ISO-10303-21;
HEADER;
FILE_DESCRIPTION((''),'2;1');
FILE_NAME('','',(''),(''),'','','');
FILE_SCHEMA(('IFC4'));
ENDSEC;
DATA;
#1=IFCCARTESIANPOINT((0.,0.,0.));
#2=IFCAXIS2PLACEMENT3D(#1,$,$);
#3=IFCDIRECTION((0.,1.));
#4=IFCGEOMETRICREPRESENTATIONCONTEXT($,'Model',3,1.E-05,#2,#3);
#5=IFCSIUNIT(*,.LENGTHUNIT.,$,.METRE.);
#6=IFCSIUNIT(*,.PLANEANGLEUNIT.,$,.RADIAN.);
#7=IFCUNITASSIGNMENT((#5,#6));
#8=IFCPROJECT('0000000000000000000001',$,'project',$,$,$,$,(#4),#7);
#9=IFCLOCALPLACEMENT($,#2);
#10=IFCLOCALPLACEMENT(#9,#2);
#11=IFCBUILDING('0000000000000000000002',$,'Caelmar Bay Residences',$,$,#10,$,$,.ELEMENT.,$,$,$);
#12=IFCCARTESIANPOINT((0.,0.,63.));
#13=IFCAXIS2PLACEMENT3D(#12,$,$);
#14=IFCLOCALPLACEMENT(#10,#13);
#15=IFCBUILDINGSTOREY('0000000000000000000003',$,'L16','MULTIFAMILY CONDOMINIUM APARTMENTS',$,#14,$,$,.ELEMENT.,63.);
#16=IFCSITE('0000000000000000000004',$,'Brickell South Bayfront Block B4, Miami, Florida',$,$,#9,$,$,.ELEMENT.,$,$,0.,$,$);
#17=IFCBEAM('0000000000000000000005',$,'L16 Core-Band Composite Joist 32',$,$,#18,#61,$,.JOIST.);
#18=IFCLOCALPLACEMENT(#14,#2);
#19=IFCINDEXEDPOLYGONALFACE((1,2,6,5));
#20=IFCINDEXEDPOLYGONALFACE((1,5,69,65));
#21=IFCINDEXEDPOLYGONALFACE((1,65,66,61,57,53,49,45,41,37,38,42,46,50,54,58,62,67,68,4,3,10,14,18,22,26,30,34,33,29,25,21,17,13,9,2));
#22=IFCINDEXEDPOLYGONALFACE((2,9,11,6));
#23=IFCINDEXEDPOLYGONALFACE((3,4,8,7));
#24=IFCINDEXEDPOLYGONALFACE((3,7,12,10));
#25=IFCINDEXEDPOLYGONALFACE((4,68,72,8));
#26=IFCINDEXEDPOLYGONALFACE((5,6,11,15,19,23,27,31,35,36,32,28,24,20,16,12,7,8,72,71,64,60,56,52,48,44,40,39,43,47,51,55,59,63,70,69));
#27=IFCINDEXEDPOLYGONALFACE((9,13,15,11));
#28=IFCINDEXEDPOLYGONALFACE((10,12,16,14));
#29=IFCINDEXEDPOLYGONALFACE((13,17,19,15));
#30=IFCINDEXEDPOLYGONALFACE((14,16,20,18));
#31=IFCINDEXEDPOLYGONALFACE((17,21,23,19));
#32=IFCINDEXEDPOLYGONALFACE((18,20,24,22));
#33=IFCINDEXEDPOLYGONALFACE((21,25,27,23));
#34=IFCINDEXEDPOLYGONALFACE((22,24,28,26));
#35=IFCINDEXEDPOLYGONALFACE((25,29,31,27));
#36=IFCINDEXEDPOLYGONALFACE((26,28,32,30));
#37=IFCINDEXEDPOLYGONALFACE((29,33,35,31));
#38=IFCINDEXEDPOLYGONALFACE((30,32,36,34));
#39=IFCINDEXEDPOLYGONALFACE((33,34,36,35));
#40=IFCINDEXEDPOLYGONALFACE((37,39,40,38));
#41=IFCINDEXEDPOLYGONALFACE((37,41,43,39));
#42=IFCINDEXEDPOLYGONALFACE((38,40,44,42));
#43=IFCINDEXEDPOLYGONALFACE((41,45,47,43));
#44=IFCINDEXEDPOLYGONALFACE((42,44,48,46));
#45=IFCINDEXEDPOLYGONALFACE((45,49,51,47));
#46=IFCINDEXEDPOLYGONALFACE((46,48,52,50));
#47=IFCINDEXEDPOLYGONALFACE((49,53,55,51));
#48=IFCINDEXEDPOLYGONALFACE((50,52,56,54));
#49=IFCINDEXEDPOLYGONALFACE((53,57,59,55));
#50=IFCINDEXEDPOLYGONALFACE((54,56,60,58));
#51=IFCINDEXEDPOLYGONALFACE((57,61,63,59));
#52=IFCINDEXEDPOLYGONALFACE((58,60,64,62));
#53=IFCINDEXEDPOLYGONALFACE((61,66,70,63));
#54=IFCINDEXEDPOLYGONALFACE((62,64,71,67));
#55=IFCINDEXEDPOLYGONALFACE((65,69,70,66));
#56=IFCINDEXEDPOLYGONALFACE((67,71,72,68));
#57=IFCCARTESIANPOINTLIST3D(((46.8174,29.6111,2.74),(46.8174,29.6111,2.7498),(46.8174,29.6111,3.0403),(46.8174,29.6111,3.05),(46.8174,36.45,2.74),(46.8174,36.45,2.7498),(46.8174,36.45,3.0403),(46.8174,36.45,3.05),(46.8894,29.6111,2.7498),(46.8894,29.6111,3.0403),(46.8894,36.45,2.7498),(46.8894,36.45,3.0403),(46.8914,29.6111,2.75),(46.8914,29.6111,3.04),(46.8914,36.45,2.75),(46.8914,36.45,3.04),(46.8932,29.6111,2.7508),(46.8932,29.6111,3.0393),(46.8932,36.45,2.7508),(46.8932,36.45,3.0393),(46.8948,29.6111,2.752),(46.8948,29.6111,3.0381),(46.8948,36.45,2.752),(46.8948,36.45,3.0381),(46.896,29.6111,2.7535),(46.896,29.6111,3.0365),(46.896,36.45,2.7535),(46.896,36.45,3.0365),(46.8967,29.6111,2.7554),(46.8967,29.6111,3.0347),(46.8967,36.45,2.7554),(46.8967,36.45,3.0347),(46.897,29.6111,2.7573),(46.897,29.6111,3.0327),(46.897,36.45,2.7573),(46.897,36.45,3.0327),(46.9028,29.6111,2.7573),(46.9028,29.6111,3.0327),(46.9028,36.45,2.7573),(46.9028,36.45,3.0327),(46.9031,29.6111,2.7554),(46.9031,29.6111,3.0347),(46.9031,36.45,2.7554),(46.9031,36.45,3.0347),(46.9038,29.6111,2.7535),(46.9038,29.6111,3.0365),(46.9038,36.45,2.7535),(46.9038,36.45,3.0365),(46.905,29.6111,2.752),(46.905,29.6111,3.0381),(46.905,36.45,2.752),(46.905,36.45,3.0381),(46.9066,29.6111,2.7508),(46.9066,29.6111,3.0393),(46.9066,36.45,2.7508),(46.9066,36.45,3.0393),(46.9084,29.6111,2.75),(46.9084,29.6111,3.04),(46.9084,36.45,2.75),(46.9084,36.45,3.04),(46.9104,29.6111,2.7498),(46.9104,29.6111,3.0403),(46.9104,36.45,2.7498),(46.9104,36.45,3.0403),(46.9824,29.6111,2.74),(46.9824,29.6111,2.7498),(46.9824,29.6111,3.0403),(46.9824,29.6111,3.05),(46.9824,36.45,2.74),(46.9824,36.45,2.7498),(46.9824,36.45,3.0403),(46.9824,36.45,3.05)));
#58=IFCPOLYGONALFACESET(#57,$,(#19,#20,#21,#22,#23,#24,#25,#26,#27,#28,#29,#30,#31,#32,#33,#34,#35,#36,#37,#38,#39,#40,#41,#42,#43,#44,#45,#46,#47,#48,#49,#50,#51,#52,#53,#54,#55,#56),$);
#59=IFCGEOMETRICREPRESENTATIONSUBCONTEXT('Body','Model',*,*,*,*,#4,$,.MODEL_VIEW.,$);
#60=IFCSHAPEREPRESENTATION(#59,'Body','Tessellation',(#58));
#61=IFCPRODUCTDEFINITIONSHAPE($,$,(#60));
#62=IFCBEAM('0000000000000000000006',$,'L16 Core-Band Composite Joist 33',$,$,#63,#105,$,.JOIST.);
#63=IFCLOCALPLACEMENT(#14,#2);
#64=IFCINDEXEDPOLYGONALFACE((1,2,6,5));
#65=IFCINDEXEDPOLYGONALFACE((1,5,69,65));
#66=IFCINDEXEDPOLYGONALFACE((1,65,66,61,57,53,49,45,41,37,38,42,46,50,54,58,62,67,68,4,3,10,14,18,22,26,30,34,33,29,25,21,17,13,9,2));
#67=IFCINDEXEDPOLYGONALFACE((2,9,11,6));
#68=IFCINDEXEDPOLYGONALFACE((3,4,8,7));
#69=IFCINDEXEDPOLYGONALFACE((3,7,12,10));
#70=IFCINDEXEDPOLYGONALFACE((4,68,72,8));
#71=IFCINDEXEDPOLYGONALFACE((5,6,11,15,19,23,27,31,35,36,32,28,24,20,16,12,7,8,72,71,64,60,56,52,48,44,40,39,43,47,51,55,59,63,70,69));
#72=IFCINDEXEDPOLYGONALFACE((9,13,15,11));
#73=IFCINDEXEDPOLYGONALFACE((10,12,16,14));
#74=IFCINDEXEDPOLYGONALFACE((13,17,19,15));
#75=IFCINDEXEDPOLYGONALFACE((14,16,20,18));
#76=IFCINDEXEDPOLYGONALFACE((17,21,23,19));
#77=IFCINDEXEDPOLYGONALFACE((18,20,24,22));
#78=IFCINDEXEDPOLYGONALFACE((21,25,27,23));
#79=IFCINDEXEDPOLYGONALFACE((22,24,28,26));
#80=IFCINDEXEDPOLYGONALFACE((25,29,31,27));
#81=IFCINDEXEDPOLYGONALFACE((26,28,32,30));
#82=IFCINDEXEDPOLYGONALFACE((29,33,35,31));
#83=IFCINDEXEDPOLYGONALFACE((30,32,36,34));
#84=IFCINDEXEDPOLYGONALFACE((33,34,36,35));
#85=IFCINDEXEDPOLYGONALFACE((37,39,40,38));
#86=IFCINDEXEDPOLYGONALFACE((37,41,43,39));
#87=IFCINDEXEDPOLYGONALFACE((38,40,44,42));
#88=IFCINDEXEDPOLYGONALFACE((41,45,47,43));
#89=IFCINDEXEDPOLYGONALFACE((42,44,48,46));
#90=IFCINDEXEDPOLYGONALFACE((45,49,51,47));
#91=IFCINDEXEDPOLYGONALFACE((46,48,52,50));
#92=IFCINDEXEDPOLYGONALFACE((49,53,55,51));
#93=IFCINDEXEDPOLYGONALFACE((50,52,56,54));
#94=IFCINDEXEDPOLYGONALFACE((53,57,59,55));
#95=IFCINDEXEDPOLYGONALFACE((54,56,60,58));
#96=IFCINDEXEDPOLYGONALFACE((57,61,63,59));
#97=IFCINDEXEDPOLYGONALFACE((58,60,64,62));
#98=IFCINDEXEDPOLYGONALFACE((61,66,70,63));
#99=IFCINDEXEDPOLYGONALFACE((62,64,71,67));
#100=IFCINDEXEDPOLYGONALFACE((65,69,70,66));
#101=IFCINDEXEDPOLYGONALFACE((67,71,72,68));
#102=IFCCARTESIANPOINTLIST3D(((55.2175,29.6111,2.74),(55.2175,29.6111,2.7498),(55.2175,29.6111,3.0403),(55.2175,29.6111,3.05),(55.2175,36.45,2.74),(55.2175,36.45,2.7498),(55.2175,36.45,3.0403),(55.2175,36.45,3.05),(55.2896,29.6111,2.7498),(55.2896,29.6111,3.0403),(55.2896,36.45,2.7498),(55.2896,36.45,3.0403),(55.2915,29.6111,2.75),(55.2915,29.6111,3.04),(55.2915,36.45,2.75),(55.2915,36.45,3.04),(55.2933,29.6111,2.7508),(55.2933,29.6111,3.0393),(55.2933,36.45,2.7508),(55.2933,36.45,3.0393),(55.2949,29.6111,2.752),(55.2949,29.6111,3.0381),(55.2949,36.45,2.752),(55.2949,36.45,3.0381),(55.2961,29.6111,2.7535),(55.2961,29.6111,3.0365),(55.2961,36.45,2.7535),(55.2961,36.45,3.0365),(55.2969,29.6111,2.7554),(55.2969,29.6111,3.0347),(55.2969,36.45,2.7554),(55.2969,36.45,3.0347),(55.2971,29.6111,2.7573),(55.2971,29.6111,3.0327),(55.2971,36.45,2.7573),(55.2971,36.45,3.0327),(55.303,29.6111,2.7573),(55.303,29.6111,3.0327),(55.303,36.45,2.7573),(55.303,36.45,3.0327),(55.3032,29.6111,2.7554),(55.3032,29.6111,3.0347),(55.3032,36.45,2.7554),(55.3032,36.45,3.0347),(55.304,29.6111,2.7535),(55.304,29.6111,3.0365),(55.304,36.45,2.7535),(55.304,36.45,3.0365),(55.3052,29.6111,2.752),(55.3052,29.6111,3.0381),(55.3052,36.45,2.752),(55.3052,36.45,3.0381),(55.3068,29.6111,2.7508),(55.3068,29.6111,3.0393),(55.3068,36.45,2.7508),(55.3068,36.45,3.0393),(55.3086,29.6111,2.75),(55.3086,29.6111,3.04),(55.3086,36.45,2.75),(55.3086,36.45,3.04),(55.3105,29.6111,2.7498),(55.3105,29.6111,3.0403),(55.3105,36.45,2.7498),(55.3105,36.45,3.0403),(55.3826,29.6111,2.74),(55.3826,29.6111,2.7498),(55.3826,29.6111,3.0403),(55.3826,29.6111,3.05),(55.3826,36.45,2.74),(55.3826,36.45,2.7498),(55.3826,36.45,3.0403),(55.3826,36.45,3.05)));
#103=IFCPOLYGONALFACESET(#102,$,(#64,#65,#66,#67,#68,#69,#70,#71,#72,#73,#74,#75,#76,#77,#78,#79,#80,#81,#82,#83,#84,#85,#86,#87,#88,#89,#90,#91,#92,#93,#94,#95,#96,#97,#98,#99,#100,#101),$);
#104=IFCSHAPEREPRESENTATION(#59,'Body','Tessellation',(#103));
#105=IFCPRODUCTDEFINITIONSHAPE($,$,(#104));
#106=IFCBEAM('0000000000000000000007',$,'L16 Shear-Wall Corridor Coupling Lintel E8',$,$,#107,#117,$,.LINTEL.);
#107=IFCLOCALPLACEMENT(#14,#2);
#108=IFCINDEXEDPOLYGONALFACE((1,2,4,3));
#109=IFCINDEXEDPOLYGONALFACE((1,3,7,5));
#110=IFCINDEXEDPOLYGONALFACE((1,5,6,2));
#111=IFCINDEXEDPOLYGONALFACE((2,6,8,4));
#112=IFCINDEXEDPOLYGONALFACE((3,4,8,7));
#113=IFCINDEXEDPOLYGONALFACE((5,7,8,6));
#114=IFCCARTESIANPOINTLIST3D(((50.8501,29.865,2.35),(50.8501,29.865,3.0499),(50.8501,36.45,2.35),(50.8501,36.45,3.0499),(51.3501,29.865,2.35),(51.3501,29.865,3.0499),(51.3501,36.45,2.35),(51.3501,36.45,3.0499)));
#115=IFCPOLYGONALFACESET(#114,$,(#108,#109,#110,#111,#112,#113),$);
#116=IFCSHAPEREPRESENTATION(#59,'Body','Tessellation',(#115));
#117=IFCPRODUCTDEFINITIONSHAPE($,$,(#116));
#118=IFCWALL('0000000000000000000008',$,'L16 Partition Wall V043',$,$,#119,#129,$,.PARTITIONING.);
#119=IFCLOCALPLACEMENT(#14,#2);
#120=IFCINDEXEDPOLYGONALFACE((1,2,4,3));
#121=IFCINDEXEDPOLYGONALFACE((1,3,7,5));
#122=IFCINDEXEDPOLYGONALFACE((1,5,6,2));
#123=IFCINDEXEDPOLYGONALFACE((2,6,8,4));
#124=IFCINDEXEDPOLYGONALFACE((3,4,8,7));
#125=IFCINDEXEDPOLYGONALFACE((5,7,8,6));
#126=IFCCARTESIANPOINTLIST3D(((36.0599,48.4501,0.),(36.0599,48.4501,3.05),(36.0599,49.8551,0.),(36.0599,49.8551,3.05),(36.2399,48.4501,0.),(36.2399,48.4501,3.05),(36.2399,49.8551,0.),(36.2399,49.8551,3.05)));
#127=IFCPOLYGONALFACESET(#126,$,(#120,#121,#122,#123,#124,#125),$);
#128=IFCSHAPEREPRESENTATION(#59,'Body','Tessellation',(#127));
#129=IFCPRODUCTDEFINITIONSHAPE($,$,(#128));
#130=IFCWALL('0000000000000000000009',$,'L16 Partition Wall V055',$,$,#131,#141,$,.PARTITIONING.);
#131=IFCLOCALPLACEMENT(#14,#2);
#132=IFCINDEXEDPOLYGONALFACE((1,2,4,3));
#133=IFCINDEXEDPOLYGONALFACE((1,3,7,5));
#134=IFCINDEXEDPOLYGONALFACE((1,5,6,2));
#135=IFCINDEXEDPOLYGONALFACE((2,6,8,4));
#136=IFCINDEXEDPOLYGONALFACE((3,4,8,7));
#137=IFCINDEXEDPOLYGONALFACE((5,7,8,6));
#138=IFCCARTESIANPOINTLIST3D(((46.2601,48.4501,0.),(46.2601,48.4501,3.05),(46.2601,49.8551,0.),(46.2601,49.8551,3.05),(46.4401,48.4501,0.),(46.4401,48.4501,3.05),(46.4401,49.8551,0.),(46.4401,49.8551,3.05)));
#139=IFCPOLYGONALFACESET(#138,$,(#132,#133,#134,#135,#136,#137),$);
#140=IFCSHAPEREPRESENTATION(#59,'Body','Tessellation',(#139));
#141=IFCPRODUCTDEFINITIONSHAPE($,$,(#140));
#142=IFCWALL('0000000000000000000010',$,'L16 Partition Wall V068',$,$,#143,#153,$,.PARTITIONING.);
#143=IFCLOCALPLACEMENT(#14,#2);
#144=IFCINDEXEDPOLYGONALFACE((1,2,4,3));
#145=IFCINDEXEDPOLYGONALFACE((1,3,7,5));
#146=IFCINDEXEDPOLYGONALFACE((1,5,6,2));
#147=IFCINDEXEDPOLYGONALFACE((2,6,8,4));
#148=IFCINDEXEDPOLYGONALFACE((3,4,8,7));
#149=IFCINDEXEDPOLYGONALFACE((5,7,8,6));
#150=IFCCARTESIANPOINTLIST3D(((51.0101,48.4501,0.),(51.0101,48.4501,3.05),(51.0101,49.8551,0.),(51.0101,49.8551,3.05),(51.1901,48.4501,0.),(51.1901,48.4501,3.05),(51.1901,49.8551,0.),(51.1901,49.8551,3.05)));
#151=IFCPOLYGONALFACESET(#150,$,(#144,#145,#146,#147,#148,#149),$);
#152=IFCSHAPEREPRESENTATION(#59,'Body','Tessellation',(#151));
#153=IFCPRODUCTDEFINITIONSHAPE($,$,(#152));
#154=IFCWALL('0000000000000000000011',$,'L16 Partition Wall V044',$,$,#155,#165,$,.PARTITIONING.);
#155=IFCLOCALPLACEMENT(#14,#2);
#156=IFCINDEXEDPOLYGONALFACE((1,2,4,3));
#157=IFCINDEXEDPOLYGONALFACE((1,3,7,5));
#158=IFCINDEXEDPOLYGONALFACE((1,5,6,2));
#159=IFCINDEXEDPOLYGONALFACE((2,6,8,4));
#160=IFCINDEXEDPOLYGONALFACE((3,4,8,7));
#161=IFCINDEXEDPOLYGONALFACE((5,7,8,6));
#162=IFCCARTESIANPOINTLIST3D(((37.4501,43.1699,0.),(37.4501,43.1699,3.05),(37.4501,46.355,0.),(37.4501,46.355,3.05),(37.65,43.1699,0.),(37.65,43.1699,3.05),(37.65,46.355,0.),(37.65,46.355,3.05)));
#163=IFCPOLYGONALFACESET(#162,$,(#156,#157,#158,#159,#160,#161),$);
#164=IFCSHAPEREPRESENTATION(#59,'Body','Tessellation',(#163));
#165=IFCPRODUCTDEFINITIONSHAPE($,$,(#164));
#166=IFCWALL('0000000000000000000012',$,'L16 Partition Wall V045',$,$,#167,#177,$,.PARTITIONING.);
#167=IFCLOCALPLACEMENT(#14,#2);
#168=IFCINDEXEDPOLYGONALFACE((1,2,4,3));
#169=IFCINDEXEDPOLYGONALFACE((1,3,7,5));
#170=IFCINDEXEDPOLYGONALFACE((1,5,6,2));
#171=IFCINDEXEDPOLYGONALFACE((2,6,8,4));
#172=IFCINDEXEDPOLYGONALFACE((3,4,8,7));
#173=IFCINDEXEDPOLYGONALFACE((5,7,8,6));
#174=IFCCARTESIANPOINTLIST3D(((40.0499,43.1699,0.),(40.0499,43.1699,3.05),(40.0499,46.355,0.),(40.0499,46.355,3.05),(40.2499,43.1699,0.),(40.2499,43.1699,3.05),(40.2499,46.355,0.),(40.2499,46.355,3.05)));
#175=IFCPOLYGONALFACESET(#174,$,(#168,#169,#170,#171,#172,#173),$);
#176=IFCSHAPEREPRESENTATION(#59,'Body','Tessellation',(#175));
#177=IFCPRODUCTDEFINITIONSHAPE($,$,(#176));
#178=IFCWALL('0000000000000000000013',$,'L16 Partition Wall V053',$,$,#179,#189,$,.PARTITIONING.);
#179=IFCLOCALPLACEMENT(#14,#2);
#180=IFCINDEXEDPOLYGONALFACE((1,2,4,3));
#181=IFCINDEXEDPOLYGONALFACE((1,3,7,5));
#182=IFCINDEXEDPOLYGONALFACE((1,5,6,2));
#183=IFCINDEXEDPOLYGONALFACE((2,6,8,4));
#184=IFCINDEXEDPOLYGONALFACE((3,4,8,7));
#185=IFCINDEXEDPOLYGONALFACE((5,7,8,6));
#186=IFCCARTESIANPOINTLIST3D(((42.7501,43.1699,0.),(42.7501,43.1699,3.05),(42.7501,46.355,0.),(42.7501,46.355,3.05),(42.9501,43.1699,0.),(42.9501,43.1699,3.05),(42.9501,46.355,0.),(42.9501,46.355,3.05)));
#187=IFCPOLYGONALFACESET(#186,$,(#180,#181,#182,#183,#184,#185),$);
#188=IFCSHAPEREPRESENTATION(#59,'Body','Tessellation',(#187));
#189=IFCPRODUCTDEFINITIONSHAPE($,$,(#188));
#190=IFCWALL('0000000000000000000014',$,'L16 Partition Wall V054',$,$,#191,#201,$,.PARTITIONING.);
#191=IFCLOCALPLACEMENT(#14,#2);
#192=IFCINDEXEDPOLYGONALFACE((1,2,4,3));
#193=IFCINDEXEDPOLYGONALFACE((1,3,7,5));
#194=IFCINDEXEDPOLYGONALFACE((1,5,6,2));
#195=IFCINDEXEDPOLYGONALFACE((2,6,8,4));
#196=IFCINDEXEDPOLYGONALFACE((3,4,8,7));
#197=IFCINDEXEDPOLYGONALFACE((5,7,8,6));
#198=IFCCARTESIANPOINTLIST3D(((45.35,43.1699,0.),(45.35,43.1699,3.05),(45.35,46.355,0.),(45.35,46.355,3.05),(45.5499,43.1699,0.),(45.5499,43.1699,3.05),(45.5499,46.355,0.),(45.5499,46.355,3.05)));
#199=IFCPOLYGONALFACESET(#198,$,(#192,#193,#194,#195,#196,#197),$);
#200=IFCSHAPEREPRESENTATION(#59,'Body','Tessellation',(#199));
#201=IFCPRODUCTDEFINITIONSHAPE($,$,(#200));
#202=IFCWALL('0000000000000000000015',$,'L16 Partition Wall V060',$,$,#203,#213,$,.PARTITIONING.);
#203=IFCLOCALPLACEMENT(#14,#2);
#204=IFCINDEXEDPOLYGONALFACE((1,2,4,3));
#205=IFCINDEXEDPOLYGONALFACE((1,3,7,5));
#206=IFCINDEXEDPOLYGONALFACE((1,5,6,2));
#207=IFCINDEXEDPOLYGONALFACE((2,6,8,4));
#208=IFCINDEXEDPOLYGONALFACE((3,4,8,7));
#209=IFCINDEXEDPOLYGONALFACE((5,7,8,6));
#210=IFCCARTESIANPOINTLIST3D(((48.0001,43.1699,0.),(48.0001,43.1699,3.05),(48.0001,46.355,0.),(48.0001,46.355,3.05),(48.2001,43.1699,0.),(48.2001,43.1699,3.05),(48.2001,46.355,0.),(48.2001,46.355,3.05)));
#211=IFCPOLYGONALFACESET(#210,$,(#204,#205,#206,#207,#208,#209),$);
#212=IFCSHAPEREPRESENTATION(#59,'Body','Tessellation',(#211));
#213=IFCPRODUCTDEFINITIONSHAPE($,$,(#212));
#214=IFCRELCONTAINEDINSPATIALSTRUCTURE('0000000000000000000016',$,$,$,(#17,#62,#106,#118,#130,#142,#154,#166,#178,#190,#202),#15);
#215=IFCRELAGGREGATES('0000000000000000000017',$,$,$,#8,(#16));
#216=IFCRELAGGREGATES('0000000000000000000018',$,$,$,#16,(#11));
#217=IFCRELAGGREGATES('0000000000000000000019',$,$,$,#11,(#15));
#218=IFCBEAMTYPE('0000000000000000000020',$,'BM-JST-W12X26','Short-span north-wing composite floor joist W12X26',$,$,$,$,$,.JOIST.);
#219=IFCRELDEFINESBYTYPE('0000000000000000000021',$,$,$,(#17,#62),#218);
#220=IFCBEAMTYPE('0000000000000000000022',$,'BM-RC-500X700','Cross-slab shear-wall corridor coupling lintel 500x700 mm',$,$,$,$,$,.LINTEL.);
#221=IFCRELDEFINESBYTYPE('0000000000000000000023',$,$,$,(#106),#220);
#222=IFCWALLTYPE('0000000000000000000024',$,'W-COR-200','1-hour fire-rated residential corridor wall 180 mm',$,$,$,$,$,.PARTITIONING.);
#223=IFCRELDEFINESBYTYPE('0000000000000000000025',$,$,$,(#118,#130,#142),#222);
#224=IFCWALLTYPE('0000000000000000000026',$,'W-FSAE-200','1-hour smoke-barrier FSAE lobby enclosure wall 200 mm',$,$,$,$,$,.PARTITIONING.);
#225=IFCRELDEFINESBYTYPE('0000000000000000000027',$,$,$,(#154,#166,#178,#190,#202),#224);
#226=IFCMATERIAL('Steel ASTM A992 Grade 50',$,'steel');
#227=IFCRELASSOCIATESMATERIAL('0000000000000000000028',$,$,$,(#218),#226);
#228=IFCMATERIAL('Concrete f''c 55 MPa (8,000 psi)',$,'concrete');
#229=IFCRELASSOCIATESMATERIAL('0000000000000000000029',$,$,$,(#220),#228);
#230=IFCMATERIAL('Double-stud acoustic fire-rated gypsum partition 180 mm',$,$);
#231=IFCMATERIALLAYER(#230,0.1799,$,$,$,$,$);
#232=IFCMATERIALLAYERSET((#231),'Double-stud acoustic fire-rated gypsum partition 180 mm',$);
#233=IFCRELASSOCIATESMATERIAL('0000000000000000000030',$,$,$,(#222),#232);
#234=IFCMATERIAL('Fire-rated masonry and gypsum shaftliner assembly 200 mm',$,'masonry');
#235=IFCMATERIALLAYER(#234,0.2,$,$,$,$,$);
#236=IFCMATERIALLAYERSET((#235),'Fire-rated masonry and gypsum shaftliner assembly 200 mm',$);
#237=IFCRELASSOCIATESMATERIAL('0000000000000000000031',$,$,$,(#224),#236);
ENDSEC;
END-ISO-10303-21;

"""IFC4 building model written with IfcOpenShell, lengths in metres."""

from ifc_helpers import new_model, si_unit, direction, frame, frame_2d, origin, origin_2d, place, context, subcontext, project, spatial, rectangle, i_section, extrude, material, layer, layer_set, material_profile, profile_set, type_object, element, save


model = new_model("IFC4")

# Units and contexts
model_context = context("Model", 3, precision=1e-05, world=origin(), true_north=direction((0.0, 1.0)))
body_context = subcontext(model_context, "Body", "Model", "MODEL_VIEW")
ifc_project = project(units=[si_unit("LENGTHUNIT", "METRE"), si_unit("PLANEANGLEUNIT", "RADIAN")], contexts=[model_context])

# Site, building, storey
site_placement = place(None, origin())
site = spatial("IfcSite", under=ifc_project, at=site_placement, Name="Brickell South Bayfront Block B4, Miami, Florida", CompositionType="ELEMENT", RefElevation=0.0)
building_placement = place(site_placement, origin())
building = spatial("IfcBuilding", under=site, at=building_placement, Name="Caelmar Bay Residences", CompositionType="ELEMENT")
storey_placement = place(building_placement, frame((0.0, 0.0, 63.0)))
storey = spatial("IfcBuildingStorey", under=building, at=storey_placement, Name="L16", Description="MULTIFAMILY CONDOMINIUM APARTMENTS", CompositionType="ELEMENT", Elevation=63.0)

# Beams
ifc_material_1 = material(Name="Steel ASTM A992 Grade 50", Category="steel")
ifc_material_profile_1 = material_profile(ifc_material_1, i_section(OverallWidth=0.165, OverallDepth=0.3101, WebThickness=0.0059, FlangeThickness=0.0098, FilletRadius=0.0076, at=origin_2d()), Name="W12X26")
ifc_profile_set_1 = profile_set([ifc_material_profile_1], Name="Steel ASTM A992 Grade 50")
beam_type_1 = type_object("IfcBeamType", Name="BM-JST-W12X26", Description="Short-span north-wing composite floor joist W12X26", PredefinedType="JOIST", material=ifc_profile_set_1)
for number, where, z_axis, x_axis, name in (
    (1, (46.8999, 29.6111, 2.895), (0.0, 1.0, 0.0), (-1.0, 0.0, 0.0), "L16 Core-Band Composite Joist 32"),
    (2, (55.3, 29.6111, 2.895), (0.0, 1.0, 0.0), (-1.0, 0.0, 0.0), "L16 Core-Band Composite Joist 33"),
):
    element("IfcBeam", number, at=place(storey_placement, frame(where, z_axis=z_axis, x_axis=x_axis)), inside=storey, type_object=beam_type_1, Name=name, PredefinedType="JOIST", context=body_context, shape_type="SweptSolid", body=[
        extrude(i_section(OverallWidth=0.165, OverallDepth=0.3101, WebThickness=0.0059, FlangeThickness=0.0098, FilletRadius=0.0076, at=origin_2d()), origin(), (0.0, 0.0, 1.0), 6.8389),
    ])
ifc_material_2 = material(Name="Concrete f'c 55 MPa (8,000 psi)", Category="concrete")
ifc_material_profile_2 = material_profile(ifc_material_2, rectangle(XDim=0.5, YDim=0.7, at=origin_2d()), Name="RC-BM-500X700")
ifc_profile_set_2 = profile_set([ifc_material_profile_2], Name="Concrete f'c 55 MPa (8,000 psi)")
beam_type_2 = type_object("IfcBeamType", Name="BM-RC-500X700", Description="Cross-slab shear-wall corridor coupling lintel 500x700 mm", PredefinedType="LINTEL", material=ifc_profile_set_2)
beam_placement = place(storey_placement, frame((51.1001, 29.865, 2.7), z_axis=(0.0, 1.0, 0.0), x_axis=(-1.0, 0.0, 0.0)))
element("IfcBeam", 3, at=beam_placement, inside=storey, type_object=beam_type_2, Name="L16 Shear-Wall Corridor Coupling Lintel E8", PredefinedType="LINTEL", context=body_context, shape_type="SweptSolid", body=[
    extrude(rectangle(XDim=0.5, YDim=0.7, at=origin_2d()), origin(), (0.0, 0.0, 1.0), 6.585),
])

# Walls
ifc_material_3 = material(Name="Double-stud acoustic fire-rated gypsum partition 180 mm")
ifc_layer_1 = layer(ifc_material_3, 0.1799)
ifc_layer_set_1 = layer_set([ifc_layer_1], Name="Double-stud acoustic fire-rated gypsum partition 180 mm")
wall_type_1 = type_object("IfcWallType", Name="W-COR-200", Description="1-hour fire-rated residential corridor wall 180 mm", PredefinedType="PARTITIONING", material=ifc_layer_set_1)
for number, where, z_axis, x_axis, name in (
    (4, (36.1499, 48.45, 0.0), (0.0, 0.0, 1.0), (0.0, 1.0, 0.0), "L16 Partition Wall V043"),
    (5, (46.3501, 48.45, 0.0), (0.0, 0.0, 1.0), (0.0, 1.0, 0.0), "L16 Partition Wall V055"),
    (6, (51.1001, 48.45, 0.0), (0.0, 0.0, 1.0), (0.0, 1.0, 0.0), "L16 Partition Wall V068"),
):
    element("IfcWall", number, at=place(storey_placement, frame(where, z_axis=z_axis, x_axis=x_axis)), inside=storey, type_object=wall_type_1, Name=name, PredefinedType="PARTITIONING", context=body_context, shape_type="SweptSolid", body=[
        extrude(rectangle(XDim=1.405, YDim=0.1799, at=frame_2d((0.7026, 0.0))), origin(), (0.0, 0.0, 1.0), 3.05),
    ])
ifc_material_4 = material(Name="Fire-rated masonry and gypsum shaftliner assembly 200 mm", Category="masonry")
ifc_layer_2 = layer(ifc_material_4, 0.2)
ifc_layer_set_2 = layer_set([ifc_layer_2], Name="Fire-rated masonry and gypsum shaftliner assembly 200 mm")
wall_type_2 = type_object("IfcWallType", Name="W-FSAE-200", Description="1-hour smoke-barrier FSAE lobby enclosure wall 200 mm", PredefinedType="PARTITIONING", material=ifc_layer_set_2)
for number, where, z_axis, x_axis, name in (
    (7, (37.55, 43.1699, 0.0), (0.0, 0.0, 1.0), (0.0, 1.0, 0.0), "L16 Partition Wall V044"),
    (8, (40.1499, 43.1699, 0.0), (0.0, 0.0, 1.0), (0.0, 1.0, 0.0), "L16 Partition Wall V045"),
    (9, (42.8501, 43.1699, 0.0), (0.0, 0.0, 1.0), (0.0, 1.0, 0.0), "L16 Partition Wall V053"),
    (10, (45.45, 43.1699, 0.0), (0.0, 0.0, 1.0), (0.0, 1.0, 0.0), "L16 Partition Wall V054"),
    (11, (48.1001, 43.1699, 0.0), (0.0, 0.0, 1.0), (0.0, 1.0, 0.0), "L16 Partition Wall V060"),
):
    element("IfcWall", number, at=place(storey_placement, frame(where, z_axis=z_axis, x_axis=x_axis)), inside=storey, type_object=wall_type_2, Name=name, PredefinedType="PARTITIONING", context=body_context, shape_type="SweptSolid", body=[
        extrude(rectangle(XDim=3.1851, YDim=0.2, at=frame_2d((1.5925, 0.0))), origin(), (0.0, 0.0, 1.0), 3.05),
    ])

save(model, "model.ifc")
